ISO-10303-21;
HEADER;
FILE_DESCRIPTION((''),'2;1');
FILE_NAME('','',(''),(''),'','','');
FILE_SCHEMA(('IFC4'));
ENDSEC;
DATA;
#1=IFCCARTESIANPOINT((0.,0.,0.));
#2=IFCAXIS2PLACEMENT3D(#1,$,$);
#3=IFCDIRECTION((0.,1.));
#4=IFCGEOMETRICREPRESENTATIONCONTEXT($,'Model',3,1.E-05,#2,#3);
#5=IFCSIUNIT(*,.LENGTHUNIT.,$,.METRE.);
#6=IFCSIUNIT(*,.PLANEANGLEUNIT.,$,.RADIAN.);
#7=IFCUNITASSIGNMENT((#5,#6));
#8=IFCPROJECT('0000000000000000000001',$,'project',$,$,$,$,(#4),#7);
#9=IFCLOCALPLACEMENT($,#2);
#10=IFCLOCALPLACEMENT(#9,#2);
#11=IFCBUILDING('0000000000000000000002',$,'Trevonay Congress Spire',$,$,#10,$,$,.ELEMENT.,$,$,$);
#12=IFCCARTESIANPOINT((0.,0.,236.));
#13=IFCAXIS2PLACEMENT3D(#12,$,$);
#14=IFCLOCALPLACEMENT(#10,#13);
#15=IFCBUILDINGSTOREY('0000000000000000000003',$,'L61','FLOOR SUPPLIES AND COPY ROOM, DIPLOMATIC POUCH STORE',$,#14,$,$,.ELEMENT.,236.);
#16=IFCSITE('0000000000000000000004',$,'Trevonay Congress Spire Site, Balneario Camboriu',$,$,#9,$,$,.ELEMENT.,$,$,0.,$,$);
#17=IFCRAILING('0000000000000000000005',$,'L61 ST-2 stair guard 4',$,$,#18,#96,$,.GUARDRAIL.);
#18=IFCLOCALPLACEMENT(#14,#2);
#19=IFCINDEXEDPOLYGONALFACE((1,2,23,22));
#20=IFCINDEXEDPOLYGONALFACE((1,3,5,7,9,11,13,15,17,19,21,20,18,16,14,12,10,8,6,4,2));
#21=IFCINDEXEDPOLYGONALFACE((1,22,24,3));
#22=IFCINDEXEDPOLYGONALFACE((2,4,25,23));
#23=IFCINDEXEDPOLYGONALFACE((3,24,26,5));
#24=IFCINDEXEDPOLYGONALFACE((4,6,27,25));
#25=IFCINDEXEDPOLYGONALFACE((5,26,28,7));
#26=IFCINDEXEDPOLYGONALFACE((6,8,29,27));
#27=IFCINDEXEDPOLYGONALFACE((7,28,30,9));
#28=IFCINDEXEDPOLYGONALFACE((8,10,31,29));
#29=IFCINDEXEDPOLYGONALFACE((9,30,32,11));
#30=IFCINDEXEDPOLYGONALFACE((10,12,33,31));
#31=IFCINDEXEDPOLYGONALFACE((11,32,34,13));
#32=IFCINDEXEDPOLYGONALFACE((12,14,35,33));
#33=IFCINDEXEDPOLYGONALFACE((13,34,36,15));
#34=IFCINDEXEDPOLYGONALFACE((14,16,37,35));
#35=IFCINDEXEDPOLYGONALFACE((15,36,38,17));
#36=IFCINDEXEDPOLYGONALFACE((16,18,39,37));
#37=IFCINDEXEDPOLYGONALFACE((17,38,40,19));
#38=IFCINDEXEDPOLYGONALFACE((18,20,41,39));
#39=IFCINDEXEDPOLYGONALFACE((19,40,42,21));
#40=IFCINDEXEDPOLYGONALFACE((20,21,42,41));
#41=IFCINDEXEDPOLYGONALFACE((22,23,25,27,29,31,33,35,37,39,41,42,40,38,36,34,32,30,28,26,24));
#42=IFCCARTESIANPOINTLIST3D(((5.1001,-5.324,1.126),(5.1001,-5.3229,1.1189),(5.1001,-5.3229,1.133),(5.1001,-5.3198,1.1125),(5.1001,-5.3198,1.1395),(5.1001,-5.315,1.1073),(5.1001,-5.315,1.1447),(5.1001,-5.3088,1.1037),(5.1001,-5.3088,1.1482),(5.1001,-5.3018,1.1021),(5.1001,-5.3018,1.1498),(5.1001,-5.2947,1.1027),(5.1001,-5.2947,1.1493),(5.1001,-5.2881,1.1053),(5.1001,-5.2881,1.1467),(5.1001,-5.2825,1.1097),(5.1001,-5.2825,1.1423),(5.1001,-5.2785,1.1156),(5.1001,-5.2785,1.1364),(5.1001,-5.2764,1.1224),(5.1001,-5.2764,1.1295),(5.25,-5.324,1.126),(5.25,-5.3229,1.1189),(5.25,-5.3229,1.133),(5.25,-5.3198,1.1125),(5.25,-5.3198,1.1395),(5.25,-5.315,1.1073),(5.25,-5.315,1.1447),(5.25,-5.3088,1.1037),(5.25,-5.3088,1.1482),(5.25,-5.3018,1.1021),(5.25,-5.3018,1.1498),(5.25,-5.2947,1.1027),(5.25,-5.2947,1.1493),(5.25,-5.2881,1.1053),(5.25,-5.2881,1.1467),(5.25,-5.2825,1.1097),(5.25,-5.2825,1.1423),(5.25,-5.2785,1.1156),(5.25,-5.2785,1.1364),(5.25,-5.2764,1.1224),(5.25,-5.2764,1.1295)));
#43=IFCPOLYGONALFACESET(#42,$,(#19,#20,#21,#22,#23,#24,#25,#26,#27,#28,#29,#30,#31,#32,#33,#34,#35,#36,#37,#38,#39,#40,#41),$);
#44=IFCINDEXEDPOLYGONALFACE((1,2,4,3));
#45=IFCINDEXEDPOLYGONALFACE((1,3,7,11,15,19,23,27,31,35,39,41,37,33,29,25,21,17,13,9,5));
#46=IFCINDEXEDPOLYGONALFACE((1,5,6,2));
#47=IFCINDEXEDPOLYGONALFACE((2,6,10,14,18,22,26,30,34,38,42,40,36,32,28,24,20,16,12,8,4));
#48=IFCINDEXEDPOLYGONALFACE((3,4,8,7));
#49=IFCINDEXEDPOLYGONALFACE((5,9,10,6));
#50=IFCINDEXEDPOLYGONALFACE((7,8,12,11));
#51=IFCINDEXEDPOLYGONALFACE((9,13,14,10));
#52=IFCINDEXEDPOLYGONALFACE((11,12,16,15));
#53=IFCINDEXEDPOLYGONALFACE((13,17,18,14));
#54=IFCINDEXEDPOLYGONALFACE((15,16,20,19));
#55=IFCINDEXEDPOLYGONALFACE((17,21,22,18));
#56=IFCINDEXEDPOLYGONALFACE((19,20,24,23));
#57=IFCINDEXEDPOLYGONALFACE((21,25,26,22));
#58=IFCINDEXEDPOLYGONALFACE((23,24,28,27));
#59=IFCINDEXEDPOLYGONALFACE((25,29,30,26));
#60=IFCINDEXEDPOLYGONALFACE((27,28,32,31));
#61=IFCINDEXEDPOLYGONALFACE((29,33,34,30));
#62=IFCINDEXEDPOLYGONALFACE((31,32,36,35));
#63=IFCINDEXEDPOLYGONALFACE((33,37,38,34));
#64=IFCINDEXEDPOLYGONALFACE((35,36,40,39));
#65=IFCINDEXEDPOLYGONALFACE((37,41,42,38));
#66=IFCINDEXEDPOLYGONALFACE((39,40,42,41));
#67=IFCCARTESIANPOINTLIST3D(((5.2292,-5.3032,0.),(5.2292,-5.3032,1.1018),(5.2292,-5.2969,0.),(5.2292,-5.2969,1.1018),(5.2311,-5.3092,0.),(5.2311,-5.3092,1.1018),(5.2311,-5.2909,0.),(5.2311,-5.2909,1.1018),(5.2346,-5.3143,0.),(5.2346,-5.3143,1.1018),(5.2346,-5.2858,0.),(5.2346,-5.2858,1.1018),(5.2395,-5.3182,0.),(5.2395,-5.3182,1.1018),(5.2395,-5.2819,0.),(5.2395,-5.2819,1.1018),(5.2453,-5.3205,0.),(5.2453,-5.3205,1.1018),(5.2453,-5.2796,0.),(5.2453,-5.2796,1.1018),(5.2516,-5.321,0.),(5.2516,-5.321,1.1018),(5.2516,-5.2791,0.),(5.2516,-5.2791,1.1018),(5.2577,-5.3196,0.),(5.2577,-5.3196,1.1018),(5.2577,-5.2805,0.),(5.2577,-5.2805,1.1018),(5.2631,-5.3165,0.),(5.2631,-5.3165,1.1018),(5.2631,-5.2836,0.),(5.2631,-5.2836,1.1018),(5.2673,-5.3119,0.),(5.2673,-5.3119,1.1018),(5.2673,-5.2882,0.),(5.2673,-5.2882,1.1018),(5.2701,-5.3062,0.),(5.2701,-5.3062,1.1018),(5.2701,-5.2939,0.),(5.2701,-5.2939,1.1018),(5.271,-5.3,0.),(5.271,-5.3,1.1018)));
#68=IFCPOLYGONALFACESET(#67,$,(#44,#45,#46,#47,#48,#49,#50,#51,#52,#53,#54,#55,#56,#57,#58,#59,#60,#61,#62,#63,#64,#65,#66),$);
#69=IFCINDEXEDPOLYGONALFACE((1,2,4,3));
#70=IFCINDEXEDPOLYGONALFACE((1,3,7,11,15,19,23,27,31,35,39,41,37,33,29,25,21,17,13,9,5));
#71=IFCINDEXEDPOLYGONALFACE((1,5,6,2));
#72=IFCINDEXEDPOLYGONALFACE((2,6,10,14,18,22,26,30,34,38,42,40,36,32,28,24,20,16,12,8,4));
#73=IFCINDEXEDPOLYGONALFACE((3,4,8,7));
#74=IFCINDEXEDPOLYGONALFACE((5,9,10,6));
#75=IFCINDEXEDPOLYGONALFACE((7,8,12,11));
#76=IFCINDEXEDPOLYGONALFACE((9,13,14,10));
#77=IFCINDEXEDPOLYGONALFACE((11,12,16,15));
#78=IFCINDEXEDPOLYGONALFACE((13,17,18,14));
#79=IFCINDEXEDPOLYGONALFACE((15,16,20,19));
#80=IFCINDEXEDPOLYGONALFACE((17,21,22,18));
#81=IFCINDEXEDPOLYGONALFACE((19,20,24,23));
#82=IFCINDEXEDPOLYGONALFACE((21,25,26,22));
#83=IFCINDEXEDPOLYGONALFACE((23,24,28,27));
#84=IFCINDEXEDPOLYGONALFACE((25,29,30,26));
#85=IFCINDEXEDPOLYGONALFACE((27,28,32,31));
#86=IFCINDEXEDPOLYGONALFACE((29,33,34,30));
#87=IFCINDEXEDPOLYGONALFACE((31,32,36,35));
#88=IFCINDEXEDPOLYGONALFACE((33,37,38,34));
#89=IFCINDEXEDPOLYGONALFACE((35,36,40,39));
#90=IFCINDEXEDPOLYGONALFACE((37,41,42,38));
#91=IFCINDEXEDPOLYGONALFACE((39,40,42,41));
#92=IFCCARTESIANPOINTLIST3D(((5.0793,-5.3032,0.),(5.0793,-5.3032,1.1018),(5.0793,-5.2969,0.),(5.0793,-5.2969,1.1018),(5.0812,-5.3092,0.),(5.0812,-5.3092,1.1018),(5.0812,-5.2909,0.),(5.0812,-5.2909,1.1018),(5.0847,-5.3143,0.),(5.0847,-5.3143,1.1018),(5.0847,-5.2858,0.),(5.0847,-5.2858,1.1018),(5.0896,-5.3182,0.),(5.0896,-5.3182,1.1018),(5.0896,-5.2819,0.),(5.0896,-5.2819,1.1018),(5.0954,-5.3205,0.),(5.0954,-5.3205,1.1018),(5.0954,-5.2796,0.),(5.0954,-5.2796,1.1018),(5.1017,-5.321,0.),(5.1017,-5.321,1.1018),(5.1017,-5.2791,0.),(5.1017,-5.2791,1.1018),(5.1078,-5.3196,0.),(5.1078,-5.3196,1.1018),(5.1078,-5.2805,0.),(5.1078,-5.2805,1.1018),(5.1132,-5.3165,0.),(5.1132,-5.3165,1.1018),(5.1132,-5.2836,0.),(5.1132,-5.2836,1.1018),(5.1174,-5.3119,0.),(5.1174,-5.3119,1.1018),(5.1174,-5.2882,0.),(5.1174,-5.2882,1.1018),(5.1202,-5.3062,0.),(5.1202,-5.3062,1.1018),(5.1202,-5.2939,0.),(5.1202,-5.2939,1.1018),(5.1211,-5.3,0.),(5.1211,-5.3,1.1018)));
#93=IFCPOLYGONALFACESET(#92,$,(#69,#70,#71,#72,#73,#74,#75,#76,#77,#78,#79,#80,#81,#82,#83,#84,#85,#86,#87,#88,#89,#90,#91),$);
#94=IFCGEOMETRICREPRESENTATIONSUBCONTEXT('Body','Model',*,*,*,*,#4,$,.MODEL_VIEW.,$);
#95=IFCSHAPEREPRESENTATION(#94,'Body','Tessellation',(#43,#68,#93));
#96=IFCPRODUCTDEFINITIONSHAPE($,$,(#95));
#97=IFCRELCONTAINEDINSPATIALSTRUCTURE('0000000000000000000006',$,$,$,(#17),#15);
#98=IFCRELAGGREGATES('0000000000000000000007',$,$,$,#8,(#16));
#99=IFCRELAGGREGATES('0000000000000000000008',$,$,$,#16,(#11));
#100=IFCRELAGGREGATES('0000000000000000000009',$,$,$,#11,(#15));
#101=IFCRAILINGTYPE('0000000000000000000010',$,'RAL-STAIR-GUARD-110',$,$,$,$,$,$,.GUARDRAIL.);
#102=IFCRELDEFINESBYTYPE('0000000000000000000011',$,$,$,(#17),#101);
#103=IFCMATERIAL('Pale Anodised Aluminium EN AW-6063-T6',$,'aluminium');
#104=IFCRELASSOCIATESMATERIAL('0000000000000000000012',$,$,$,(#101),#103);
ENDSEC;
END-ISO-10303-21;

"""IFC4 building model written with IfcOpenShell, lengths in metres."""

from ifc_helpers import new_model, si_unit, direction, frame, origin, origin_2d, place, context, subcontext, project, spatial, circle, extrude, material, type_object, element, save


model = new_model("IFC4")

# Units and contexts
model_context = context("Model", 3, precision=1e-05, world=origin(), true_north=direction((0.0, 1.0)))
body_context = subcontext(model_context, "Body", "Model", "MODEL_VIEW")
ifc_project = project(units=[si_unit("LENGTHUNIT", "METRE"), si_unit("PLANEANGLEUNIT", "RADIAN")], contexts=[model_context])

# Site, building, storey
site_placement = place(None, origin())
site = spatial("IfcSite", under=ifc_project, at=site_placement, Name="Trevonay Congress Spire Site, Balneario Camboriu", CompositionType="ELEMENT", RefElevation=0.0)
building_placement = place(site_placement, origin())
building = spatial("IfcBuilding", under=site, at=building_placement, Name="Trevonay Congress Spire", CompositionType="ELEMENT")
storey_placement = place(building_placement, frame((0.0, 0.0, 236.0)))
storey = spatial("IfcBuildingStorey", under=building, at=storey_placement, Name="L61", Description="FLOOR SUPPLIES AND COPY ROOM, DIPLOMATIC POUCH STORE", CompositionType="ELEMENT", Elevation=236.0)

# Shared definitions
ifc_material_1 = material(Name="Pale Anodised Aluminium EN AW-6063-T6", Category="aluminium")

# Railing
railing_type_1 = type_object("IfcRailingType", Name="RAL-STAIR-GUARD-110", PredefinedType="GUARDRAIL", material=ifc_material_1)
railing_1_placement = place(storey_placement, frame((5.25, -5.3, 0.0)))
element("IfcRailing", 1, at=railing_1_placement, inside=storey, type_object=railing_type_1, Name="L61 ST-2 stair guard 4", PredefinedType="GUARDRAIL", context=body_context, shape_type="SweptSolid", body=[
    extrude(circle(Radius=0.0239, at=origin_2d()), frame((0.0, 0.0, 1.126), z_axis=(-1.0, 0.0, 0.0), x_axis=(0.0, -1.0, 0.0)), (0.0, 0.0, 1.0), 0.1499),
    extrude(circle(Radius=0.021, at=origin_2d()), origin(), (0.0, 0.0, 1.0), 1.1018),
    extrude(circle(Radius=0.021, at=origin_2d()), frame((-0.1499, 0.0, 0.0)), (0.0, 0.0, 1.0), 1.1018),
])

save(model, "model.ifc")
